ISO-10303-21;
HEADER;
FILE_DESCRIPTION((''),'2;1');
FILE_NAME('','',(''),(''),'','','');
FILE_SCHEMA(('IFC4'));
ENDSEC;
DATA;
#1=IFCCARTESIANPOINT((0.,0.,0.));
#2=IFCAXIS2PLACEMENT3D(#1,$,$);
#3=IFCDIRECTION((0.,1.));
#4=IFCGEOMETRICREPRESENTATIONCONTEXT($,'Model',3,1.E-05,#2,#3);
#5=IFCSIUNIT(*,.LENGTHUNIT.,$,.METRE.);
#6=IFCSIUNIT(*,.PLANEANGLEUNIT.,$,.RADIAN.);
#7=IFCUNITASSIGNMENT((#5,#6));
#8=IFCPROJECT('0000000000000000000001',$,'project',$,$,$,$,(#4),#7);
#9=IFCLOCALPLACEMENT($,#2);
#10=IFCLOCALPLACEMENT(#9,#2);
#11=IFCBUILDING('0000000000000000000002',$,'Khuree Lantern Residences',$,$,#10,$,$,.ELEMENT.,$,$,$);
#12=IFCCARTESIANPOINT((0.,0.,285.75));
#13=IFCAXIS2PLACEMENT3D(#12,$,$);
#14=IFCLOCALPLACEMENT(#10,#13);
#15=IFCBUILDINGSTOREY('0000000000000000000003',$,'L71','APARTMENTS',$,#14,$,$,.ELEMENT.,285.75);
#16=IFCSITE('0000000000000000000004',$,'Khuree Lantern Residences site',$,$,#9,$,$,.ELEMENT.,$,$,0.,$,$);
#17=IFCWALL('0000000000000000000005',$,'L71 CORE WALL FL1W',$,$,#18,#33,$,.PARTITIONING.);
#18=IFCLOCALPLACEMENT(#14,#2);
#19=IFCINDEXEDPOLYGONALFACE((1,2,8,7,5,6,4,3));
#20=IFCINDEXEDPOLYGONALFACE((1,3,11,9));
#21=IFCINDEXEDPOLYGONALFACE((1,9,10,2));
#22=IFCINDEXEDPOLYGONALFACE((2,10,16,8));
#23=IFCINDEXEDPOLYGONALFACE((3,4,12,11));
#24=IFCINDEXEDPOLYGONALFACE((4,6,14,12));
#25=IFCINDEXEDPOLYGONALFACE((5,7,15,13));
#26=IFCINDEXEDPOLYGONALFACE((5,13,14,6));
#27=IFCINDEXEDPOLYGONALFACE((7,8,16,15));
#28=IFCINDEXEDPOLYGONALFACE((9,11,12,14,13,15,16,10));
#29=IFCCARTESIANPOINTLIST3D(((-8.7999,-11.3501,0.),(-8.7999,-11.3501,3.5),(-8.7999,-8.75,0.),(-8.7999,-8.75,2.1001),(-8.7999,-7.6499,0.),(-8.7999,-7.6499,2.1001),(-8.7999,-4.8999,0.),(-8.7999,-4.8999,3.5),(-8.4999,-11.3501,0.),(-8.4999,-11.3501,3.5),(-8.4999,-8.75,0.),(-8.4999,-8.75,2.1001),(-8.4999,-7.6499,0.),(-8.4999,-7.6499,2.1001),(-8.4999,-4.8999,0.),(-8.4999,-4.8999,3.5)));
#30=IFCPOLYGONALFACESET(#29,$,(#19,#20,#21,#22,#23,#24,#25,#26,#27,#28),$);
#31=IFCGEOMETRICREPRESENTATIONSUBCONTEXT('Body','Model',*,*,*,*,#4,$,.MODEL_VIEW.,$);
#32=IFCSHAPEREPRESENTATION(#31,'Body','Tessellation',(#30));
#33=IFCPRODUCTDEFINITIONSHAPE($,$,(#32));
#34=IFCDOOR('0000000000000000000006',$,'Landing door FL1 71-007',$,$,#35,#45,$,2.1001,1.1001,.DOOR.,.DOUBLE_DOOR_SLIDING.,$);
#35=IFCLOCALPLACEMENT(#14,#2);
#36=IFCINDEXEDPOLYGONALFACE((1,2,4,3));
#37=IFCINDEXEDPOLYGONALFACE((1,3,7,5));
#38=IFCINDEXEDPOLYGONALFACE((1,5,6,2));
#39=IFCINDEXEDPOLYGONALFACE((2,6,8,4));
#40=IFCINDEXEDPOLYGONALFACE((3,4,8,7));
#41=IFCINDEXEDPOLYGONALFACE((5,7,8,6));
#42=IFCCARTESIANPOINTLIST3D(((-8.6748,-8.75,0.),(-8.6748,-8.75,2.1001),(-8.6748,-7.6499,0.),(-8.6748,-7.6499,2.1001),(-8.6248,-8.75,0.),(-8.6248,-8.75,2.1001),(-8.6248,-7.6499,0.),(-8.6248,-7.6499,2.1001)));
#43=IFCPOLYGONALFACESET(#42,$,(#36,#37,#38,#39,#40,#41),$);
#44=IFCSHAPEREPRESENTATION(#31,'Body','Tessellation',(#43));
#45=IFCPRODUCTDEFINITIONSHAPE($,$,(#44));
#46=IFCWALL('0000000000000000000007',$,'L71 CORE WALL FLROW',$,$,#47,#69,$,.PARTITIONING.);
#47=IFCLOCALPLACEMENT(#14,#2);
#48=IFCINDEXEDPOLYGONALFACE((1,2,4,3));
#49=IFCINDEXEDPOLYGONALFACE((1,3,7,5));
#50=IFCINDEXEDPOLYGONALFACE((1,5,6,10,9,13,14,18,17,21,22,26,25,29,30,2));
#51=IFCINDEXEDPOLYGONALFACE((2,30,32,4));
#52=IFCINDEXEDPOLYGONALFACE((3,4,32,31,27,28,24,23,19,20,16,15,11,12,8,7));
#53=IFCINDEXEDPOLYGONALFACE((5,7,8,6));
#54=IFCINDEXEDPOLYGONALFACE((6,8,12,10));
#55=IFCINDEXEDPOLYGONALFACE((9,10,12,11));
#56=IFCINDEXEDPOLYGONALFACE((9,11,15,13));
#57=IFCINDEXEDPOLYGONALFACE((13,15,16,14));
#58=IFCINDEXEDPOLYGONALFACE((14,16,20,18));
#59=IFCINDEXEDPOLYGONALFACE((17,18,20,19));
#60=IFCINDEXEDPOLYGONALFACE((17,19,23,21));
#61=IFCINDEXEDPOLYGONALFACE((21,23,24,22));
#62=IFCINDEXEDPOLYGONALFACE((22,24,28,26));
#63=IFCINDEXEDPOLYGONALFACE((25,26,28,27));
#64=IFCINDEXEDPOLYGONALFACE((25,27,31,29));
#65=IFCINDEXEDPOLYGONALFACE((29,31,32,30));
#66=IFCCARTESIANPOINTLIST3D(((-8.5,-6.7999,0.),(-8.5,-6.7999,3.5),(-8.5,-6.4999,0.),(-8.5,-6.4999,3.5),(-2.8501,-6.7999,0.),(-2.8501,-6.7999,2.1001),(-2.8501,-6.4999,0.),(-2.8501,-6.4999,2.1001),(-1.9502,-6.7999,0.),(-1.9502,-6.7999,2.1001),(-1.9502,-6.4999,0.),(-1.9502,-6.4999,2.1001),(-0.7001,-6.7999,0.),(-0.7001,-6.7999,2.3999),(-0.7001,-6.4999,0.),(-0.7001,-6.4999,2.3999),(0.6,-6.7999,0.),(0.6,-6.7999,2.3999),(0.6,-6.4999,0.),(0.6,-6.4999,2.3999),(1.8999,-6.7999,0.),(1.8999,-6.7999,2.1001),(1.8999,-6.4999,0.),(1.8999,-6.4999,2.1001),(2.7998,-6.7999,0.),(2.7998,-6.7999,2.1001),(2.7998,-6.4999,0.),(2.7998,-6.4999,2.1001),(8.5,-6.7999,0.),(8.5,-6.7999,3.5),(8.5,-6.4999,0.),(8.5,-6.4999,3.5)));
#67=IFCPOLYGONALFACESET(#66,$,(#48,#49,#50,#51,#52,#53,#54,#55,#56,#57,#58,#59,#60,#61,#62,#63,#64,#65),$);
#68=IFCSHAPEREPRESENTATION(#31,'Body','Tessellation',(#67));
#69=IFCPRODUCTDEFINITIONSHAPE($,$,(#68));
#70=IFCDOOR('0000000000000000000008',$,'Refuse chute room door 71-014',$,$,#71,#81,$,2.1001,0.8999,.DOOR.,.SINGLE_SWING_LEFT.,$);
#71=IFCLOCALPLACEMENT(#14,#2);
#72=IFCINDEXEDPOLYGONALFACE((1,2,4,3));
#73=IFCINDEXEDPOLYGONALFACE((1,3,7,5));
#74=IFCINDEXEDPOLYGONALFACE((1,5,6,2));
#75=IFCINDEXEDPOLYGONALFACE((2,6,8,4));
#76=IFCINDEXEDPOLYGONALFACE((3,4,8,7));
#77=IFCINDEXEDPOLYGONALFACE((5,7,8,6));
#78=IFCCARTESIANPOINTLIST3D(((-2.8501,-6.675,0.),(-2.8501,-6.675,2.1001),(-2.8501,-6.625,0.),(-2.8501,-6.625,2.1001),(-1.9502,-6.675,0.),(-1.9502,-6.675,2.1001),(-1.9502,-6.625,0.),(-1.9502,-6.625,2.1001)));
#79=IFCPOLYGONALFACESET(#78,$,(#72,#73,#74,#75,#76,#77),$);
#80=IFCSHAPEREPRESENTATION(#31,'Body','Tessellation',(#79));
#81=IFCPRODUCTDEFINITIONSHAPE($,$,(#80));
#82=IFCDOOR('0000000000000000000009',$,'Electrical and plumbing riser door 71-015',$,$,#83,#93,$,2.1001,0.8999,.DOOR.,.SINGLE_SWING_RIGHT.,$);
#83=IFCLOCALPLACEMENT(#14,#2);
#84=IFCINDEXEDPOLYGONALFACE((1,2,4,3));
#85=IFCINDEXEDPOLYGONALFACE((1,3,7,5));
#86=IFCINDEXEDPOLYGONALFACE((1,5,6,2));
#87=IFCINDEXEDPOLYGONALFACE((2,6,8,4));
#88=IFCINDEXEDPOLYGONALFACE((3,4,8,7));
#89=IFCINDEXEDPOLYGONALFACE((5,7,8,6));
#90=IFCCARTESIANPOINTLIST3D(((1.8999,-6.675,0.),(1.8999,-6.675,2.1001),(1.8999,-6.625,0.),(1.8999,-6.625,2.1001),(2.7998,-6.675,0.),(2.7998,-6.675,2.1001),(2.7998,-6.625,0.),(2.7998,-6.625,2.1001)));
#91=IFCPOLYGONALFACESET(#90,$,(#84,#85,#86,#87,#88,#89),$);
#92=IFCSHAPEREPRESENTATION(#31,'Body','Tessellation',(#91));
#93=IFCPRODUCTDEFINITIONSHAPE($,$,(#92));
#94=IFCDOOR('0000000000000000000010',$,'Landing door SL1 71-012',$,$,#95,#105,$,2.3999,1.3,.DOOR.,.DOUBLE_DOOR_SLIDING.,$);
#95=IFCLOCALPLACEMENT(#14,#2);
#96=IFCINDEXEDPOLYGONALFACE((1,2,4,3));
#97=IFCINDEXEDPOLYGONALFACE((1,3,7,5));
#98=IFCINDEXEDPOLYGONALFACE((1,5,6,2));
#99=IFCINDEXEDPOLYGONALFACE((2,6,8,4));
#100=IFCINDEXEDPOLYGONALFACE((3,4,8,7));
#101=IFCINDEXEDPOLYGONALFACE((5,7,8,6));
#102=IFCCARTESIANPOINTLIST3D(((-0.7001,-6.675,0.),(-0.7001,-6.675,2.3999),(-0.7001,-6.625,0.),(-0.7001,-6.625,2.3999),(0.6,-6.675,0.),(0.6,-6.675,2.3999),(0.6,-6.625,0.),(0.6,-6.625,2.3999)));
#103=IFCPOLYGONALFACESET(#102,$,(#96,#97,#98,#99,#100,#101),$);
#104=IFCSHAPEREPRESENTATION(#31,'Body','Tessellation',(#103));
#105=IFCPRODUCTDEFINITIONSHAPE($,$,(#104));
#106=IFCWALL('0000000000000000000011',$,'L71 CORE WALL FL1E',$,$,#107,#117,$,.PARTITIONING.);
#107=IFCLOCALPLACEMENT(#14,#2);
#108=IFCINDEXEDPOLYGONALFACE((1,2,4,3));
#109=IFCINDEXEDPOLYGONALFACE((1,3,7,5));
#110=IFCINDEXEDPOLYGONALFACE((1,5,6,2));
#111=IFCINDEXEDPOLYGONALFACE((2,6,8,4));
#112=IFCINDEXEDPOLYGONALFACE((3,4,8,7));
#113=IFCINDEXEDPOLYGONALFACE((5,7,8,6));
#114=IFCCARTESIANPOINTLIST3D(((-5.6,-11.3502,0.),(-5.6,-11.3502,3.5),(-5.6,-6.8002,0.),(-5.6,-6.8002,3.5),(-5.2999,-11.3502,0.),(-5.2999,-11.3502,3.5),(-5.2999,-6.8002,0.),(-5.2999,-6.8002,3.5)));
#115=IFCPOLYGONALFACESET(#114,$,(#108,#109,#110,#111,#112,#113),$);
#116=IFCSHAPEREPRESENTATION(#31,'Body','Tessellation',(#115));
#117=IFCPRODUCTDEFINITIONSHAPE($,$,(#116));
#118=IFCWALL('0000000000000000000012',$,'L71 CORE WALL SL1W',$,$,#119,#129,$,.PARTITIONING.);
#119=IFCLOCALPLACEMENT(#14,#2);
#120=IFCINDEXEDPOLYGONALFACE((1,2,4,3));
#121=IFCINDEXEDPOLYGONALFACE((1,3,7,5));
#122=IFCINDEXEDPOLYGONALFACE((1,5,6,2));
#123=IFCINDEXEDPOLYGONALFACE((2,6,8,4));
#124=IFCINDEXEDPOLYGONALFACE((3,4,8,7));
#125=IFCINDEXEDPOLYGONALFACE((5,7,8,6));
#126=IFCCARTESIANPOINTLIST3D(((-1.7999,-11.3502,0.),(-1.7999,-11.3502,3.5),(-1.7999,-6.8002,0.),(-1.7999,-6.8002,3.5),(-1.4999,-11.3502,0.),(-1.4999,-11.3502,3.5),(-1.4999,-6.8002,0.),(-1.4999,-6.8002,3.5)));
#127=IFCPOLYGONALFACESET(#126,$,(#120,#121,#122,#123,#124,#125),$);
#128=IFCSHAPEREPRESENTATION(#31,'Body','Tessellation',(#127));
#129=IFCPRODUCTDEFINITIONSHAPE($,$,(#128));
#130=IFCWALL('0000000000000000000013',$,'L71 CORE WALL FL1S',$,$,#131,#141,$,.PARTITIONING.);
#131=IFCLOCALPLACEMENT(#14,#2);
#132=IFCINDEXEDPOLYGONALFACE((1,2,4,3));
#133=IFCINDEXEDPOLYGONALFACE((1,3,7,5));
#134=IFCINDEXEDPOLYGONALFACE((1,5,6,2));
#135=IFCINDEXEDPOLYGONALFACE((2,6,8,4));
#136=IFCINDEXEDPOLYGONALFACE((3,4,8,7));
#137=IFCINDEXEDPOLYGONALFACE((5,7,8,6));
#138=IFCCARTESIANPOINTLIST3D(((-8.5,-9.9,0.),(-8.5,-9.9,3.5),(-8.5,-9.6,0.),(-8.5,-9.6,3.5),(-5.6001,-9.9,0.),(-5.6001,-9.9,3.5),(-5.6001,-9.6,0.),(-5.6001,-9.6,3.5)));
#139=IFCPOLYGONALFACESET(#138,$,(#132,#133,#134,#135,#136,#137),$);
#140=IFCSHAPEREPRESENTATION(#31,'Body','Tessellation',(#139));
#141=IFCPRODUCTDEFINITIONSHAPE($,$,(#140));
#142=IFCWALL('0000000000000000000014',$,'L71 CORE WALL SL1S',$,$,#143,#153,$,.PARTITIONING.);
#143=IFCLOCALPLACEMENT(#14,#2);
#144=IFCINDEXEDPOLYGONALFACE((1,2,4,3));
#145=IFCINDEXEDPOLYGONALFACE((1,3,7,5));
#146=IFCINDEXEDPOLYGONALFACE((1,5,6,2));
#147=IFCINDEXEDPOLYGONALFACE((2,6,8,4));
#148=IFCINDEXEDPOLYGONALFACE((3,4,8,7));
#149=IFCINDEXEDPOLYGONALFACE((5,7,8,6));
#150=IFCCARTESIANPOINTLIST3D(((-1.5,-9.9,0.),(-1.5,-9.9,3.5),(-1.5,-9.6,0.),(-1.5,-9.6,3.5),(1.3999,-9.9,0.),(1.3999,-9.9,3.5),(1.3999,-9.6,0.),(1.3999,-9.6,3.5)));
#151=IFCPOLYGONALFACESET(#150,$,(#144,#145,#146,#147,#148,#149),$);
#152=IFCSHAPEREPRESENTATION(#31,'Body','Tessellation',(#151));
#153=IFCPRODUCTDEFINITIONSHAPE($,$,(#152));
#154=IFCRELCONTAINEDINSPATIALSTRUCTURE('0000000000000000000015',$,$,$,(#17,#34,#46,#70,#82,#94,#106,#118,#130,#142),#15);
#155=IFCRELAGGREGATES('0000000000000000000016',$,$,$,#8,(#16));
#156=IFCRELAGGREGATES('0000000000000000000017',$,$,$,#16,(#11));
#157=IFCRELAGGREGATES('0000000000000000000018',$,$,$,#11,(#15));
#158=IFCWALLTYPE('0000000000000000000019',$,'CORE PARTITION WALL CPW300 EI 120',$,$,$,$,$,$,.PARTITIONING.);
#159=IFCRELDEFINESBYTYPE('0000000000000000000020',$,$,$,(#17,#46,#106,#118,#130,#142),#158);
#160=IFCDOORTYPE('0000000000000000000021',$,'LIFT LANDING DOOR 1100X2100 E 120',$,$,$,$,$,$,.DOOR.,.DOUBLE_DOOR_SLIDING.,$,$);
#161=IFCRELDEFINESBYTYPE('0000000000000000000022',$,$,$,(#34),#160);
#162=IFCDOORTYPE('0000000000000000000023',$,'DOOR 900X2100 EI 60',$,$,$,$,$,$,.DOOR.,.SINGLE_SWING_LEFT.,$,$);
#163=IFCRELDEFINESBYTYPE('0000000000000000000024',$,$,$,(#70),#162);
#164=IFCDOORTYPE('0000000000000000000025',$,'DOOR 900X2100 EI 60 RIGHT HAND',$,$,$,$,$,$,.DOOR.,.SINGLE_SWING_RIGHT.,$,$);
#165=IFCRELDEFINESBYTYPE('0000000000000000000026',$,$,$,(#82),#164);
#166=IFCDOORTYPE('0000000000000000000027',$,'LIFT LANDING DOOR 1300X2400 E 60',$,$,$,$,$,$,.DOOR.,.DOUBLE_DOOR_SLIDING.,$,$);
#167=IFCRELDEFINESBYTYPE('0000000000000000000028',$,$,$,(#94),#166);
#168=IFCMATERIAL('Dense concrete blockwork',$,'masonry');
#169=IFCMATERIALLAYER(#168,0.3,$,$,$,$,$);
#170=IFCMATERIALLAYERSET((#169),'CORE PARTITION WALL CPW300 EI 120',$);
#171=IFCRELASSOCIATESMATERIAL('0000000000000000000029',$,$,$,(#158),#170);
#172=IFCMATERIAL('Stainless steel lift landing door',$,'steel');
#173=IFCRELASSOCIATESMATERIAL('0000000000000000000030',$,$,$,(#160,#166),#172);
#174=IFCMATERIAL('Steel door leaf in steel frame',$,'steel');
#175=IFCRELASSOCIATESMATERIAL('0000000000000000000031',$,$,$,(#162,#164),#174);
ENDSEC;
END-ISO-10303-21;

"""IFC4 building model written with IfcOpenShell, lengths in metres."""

from ifc_helpers import new_model, si_unit, direction, frame, frame_2d, origin, place, context, subcontext, project, spatial, rectangle, extrude, material, layer, layer_set, type_object, element, fill, save


model = new_model("IFC4")

# Units and contexts
model_context = context("Model", 3, precision=1e-05, world=origin(), true_north=direction((0.0, 1.0)))
body_context = subcontext(model_context, "Body", "Model", "MODEL_VIEW")
ifc_project = project(units=[si_unit("LENGTHUNIT", "METRE"), si_unit("PLANEANGLEUNIT", "RADIAN")], contexts=[model_context])

# Site, building, storey
site_placement = place(None, origin())
site = spatial("IfcSite", under=ifc_project, at=site_placement, Name="Khuree Lantern Residences site", CompositionType="ELEMENT", RefElevation=0.0)
building_placement = place(site_placement, origin())
building = spatial("IfcBuilding", under=site, at=building_placement, Name="Khuree Lantern Residences", CompositionType="ELEMENT")
storey_placement = place(building_placement, frame((0.0, 0.0, 285.75)))
storey = spatial("IfcBuildingStorey", under=building, at=storey_placement, Name="L71", Description="APARTMENTS", CompositionType="ELEMENT", Elevation=285.75)

# Wall, opening, door
ifc_material_1 = material(Name="Dense concrete blockwork", Category="masonry")
ifc_layer_1 = layer(ifc_material_1, 0.3)
ifc_layer_set_1 = layer_set([ifc_layer_1], Name="CORE PARTITION WALL CPW300 EI 120")
wall_type_1 = type_object("IfcWallType", Name="CORE PARTITION WALL CPW300 EI 120", PredefinedType="PARTITIONING", material=ifc_layer_set_1)
wall_1_placement = place(storey_placement, frame((-8.6499, -11.3501, 0.0), z_axis=(0.0, 0.0, 1.0), x_axis=(0.0, 1.0, 0.0)))
wall_1 = element("IfcWall", 1, at=wall_1_placement, inside=storey, type_object=wall_type_1, Name="L71 CORE WALL FL1W", PredefinedType="PARTITIONING", context=body_context, shape_type="SweptSolid", body=[
    extrude(rectangle(XDim=6.4502, YDim=0.3, at=frame_2d((3.2251, 0.0))), origin(), (0.0, 0.0, 1.0), 3.5),
])
opening_1_placement = place(wall_1_placement, frame((2.6001, 0.0, 0.0)))
opening_1 = element("IfcOpeningElement", 2, at=opening_1_placement, cuts=wall_1, PredefinedType="OPENING", context=body_context, shape_type="SweptSolid", body=[
    extrude(rectangle(XDim=1.1001, YDim=2.1001, at=frame_2d((0.55, 1.05))), frame((0.0, 0.1602, 0.0), z_axis=(0.0, -1.0, 0.0), x_axis=(1.0, 0.0, 0.0)), (0.0, 0.0, 1.0), 0.3201),
])
ifc_material_2 = material(Name="Stainless steel lift landing door", Category="steel")
door_type_1 = type_object("IfcDoorType", Name="LIFT LANDING DOOR 1100X2100 E 120", OperationType="DOUBLE_DOOR_SLIDING", PredefinedType="DOOR", material=ifc_material_2)
door_1_placement = place(opening_1_placement, origin())
door_1 = element("IfcDoor", 3, at=door_1_placement, inside=storey, type_object=door_type_1, Name="Landing door FL1 71-007", OperationType="DOUBLE_DOOR_SLIDING", OverallHeight=2.1001, OverallWidth=1.1001, PredefinedType="DOOR", context=body_context, shape_type="SweptSolid", body=[
    extrude(rectangle(XDim=1.1001, YDim=2.1001, at=frame_2d((0.55, 1.05))), frame((0.0, 0.0249, 0.0), z_axis=(0.0, -1.0, 0.0), x_axis=(1.0, 0.0, 0.0)), (0.0, 0.0, 1.0), 0.05),
])
fill(opening_1, door_1)

# Wall, openings, doors
wall_2_placement = place(storey_placement, frame((-8.5, -6.6499, 0.0), z_axis=(0.0, 0.0, 1.0), x_axis=(1.0, 0.0, 0.0)))
wall_2 = element("IfcWall", 4, at=wall_2_placement, inside=storey, type_object=wall_type_1, Name="L71 CORE WALL FLROW", PredefinedType="PARTITIONING", context=body_context, shape_type="SweptSolid", body=[
    extrude(rectangle(XDim=17.0, YDim=0.3, at=frame_2d((8.5, 0.0))), origin(), (0.0, 0.0, 1.0), 3.5),
])
opening_2_placement = place(wall_2_placement, frame((7.8, 0.0, 0.0)))
opening_2 = element("IfcOpeningElement", 5, at=opening_2_placement, cuts=wall_2, PredefinedType="OPENING", context=body_context, shape_type="SweptSolid", body=[
    extrude(rectangle(XDim=1.3, YDim=2.3999, at=frame_2d((0.6499, 1.2))), frame((0.0, 0.1602, 0.0), z_axis=(0.0, -1.0, 0.0), x_axis=(1.0, 0.0, 0.0)), (0.0, 0.0, 1.0), 0.3201),
])
opening_3_placement = place(wall_2_placement, frame((5.6499, 0.0, 0.0)))
opening_3 = element("IfcOpeningElement", 6, at=opening_3_placement, cuts=wall_2, PredefinedType="OPENING", context=body_context, shape_type="SweptSolid", body=[
    extrude(rectangle(XDim=0.8999, YDim=2.1001, at=frame_2d((0.45, 1.05))), frame((0.0, 0.1602, 0.0), z_axis=(0.0, -1.0, 0.0), x_axis=(1.0, 0.0, 0.0)), (0.0, 0.0, 1.0), 0.3201),
])
opening_4_placement = place(wall_2_placement, frame((10.3999, 0.0, 0.0)))
opening_4 = element("IfcOpeningElement", 7, at=opening_4_placement, cuts=wall_2, PredefinedType="OPENING", context=body_context, shape_type="SweptSolid", body=[
    extrude(rectangle(XDim=0.8999, YDim=2.1001, at=frame_2d((0.45, 1.05))), frame((0.0, 0.1602, 0.0), z_axis=(0.0, -1.0, 0.0), x_axis=(1.0, 0.0, 0.0)), (0.0, 0.0, 1.0), 0.3201),
])
ifc_material_3 = material(Name="Steel door leaf in steel frame", Category="steel")
door_type_2 = type_object("IfcDoorType", Name="DOOR 900X2100 EI 60", OperationType="SINGLE_SWING_LEFT", PredefinedType="DOOR", material=ifc_material_3)
door_2_placement = place(opening_3_placement, origin())
door_2 = element("IfcDoor", 8, at=door_2_placement, inside=storey, type_object=door_type_2, Name="Refuse chute room door 71-014", OperationType="SINGLE_SWING_LEFT", OverallHeight=2.1001, OverallWidth=0.8999, PredefinedType="DOOR", context=body_context, shape_type="SweptSolid", body=[
    extrude(rectangle(XDim=0.8999, YDim=2.1001, at=frame_2d((0.45, 1.05))), frame((0.0, 0.0249, 0.0), z_axis=(0.0, -1.0, 0.0), x_axis=(1.0, 0.0, 0.0)), (0.0, 0.0, 1.0), 0.05),
])
fill(opening_3, door_2)
door_type_3 = type_object("IfcDoorType", Name="DOOR 900X2100 EI 60 RIGHT HAND", OperationType="SINGLE_SWING_RIGHT", PredefinedType="DOOR", material=ifc_material_3)
door_3_placement = place(opening_4_placement, origin())
door_3 = element("IfcDoor", 9, at=door_3_placement, inside=storey, type_object=door_type_3, Name="Electrical and plumbing riser door 71-015", OperationType="SINGLE_SWING_RIGHT", OverallHeight=2.1001, OverallWidth=0.8999, PredefinedType="DOOR", context=body_context, shape_type="SweptSolid", body=[
    extrude(rectangle(XDim=0.8999, YDim=2.1001, at=frame_2d((0.45, 1.05))), frame((0.0, 0.0249, 0.0), z_axis=(0.0, -1.0, 0.0), x_axis=(1.0, 0.0, 0.0)), (0.0, 0.0, 1.0), 0.05),
])
fill(opening_4, door_3)
door_type_4 = type_object("IfcDoorType", Name="LIFT LANDING DOOR 1300X2400 E 60", OperationType="DOUBLE_DOOR_SLIDING", PredefinedType="DOOR", material=ifc_material_2)
door_4_placement = place(opening_2_placement, origin())
door_4 = element("IfcDoor", 10, at=door_4_placement, inside=storey, type_object=door_type_4, Name="Landing door SL1 71-012", OperationType="DOUBLE_DOOR_SLIDING", OverallHeight=2.3999, OverallWidth=1.3, PredefinedType="DOOR", context=body_context, shape_type="SweptSolid", body=[
    extrude(rectangle(XDim=1.3, YDim=2.3999, at=frame_2d((0.6499, 1.2))), frame((0.0, 0.0249, 0.0), z_axis=(0.0, -1.0, 0.0), x_axis=(1.0, 0.0, 0.0)), (0.0, 0.0, 1.0), 0.05),
])
fill(opening_2, door_4)

# Walls
for number, where, z_axis, x_axis, name in (
    (11, (-5.45, -11.3501, 0.0), (0.0, 0.0, 1.0), (0.0, 1.0, 0.0), "L71 CORE WALL FL1E"),
    (12, (-1.6499, -11.3501, 0.0), (0.0, 0.0, 1.0), (0.0, 1.0, 0.0), "L71 CORE WALL SL1W"),
):
    element("IfcWall", number, at=place(storey_placement, frame(where, z_axis=z_axis, x_axis=x_axis)), inside=storey, type_object=wall_type_1, Name=name, PredefinedType="PARTITIONING", context=body_context, shape_type="SweptSolid", body=[
        extrude(rectangle(XDim=4.55, YDim=0.3, at=frame_2d((2.2749, 0.0))), origin(), (0.0, 0.0, 1.0), 3.5),
    ])
for number, where, z_axis, x_axis, name in (
    (13, (-8.5, -9.75, 0.0), (0.0, 0.0, 1.0), (1.0, 0.0, 0.0), "L71 CORE WALL FL1S"),
    (14, (-1.5, -9.75, 0.0), (0.0, 0.0, 1.0), (1.0, 0.0, 0.0), "L71 CORE WALL SL1S"),
):
    element("IfcWall", number, at=place(storey_placement, frame(where, z_axis=z_axis, x_axis=x_axis)), inside=storey, type_object=wall_type_1, Name=name, PredefinedType="PARTITIONING", context=body_context, shape_type="SweptSolid", body=[
        extrude(rectangle(XDim=2.8999, YDim=0.3, at=frame_2d((1.45, 0.0))), origin(), (0.0, 0.0, 1.0), 3.5),
    ])

save(model, "model.ifc")
